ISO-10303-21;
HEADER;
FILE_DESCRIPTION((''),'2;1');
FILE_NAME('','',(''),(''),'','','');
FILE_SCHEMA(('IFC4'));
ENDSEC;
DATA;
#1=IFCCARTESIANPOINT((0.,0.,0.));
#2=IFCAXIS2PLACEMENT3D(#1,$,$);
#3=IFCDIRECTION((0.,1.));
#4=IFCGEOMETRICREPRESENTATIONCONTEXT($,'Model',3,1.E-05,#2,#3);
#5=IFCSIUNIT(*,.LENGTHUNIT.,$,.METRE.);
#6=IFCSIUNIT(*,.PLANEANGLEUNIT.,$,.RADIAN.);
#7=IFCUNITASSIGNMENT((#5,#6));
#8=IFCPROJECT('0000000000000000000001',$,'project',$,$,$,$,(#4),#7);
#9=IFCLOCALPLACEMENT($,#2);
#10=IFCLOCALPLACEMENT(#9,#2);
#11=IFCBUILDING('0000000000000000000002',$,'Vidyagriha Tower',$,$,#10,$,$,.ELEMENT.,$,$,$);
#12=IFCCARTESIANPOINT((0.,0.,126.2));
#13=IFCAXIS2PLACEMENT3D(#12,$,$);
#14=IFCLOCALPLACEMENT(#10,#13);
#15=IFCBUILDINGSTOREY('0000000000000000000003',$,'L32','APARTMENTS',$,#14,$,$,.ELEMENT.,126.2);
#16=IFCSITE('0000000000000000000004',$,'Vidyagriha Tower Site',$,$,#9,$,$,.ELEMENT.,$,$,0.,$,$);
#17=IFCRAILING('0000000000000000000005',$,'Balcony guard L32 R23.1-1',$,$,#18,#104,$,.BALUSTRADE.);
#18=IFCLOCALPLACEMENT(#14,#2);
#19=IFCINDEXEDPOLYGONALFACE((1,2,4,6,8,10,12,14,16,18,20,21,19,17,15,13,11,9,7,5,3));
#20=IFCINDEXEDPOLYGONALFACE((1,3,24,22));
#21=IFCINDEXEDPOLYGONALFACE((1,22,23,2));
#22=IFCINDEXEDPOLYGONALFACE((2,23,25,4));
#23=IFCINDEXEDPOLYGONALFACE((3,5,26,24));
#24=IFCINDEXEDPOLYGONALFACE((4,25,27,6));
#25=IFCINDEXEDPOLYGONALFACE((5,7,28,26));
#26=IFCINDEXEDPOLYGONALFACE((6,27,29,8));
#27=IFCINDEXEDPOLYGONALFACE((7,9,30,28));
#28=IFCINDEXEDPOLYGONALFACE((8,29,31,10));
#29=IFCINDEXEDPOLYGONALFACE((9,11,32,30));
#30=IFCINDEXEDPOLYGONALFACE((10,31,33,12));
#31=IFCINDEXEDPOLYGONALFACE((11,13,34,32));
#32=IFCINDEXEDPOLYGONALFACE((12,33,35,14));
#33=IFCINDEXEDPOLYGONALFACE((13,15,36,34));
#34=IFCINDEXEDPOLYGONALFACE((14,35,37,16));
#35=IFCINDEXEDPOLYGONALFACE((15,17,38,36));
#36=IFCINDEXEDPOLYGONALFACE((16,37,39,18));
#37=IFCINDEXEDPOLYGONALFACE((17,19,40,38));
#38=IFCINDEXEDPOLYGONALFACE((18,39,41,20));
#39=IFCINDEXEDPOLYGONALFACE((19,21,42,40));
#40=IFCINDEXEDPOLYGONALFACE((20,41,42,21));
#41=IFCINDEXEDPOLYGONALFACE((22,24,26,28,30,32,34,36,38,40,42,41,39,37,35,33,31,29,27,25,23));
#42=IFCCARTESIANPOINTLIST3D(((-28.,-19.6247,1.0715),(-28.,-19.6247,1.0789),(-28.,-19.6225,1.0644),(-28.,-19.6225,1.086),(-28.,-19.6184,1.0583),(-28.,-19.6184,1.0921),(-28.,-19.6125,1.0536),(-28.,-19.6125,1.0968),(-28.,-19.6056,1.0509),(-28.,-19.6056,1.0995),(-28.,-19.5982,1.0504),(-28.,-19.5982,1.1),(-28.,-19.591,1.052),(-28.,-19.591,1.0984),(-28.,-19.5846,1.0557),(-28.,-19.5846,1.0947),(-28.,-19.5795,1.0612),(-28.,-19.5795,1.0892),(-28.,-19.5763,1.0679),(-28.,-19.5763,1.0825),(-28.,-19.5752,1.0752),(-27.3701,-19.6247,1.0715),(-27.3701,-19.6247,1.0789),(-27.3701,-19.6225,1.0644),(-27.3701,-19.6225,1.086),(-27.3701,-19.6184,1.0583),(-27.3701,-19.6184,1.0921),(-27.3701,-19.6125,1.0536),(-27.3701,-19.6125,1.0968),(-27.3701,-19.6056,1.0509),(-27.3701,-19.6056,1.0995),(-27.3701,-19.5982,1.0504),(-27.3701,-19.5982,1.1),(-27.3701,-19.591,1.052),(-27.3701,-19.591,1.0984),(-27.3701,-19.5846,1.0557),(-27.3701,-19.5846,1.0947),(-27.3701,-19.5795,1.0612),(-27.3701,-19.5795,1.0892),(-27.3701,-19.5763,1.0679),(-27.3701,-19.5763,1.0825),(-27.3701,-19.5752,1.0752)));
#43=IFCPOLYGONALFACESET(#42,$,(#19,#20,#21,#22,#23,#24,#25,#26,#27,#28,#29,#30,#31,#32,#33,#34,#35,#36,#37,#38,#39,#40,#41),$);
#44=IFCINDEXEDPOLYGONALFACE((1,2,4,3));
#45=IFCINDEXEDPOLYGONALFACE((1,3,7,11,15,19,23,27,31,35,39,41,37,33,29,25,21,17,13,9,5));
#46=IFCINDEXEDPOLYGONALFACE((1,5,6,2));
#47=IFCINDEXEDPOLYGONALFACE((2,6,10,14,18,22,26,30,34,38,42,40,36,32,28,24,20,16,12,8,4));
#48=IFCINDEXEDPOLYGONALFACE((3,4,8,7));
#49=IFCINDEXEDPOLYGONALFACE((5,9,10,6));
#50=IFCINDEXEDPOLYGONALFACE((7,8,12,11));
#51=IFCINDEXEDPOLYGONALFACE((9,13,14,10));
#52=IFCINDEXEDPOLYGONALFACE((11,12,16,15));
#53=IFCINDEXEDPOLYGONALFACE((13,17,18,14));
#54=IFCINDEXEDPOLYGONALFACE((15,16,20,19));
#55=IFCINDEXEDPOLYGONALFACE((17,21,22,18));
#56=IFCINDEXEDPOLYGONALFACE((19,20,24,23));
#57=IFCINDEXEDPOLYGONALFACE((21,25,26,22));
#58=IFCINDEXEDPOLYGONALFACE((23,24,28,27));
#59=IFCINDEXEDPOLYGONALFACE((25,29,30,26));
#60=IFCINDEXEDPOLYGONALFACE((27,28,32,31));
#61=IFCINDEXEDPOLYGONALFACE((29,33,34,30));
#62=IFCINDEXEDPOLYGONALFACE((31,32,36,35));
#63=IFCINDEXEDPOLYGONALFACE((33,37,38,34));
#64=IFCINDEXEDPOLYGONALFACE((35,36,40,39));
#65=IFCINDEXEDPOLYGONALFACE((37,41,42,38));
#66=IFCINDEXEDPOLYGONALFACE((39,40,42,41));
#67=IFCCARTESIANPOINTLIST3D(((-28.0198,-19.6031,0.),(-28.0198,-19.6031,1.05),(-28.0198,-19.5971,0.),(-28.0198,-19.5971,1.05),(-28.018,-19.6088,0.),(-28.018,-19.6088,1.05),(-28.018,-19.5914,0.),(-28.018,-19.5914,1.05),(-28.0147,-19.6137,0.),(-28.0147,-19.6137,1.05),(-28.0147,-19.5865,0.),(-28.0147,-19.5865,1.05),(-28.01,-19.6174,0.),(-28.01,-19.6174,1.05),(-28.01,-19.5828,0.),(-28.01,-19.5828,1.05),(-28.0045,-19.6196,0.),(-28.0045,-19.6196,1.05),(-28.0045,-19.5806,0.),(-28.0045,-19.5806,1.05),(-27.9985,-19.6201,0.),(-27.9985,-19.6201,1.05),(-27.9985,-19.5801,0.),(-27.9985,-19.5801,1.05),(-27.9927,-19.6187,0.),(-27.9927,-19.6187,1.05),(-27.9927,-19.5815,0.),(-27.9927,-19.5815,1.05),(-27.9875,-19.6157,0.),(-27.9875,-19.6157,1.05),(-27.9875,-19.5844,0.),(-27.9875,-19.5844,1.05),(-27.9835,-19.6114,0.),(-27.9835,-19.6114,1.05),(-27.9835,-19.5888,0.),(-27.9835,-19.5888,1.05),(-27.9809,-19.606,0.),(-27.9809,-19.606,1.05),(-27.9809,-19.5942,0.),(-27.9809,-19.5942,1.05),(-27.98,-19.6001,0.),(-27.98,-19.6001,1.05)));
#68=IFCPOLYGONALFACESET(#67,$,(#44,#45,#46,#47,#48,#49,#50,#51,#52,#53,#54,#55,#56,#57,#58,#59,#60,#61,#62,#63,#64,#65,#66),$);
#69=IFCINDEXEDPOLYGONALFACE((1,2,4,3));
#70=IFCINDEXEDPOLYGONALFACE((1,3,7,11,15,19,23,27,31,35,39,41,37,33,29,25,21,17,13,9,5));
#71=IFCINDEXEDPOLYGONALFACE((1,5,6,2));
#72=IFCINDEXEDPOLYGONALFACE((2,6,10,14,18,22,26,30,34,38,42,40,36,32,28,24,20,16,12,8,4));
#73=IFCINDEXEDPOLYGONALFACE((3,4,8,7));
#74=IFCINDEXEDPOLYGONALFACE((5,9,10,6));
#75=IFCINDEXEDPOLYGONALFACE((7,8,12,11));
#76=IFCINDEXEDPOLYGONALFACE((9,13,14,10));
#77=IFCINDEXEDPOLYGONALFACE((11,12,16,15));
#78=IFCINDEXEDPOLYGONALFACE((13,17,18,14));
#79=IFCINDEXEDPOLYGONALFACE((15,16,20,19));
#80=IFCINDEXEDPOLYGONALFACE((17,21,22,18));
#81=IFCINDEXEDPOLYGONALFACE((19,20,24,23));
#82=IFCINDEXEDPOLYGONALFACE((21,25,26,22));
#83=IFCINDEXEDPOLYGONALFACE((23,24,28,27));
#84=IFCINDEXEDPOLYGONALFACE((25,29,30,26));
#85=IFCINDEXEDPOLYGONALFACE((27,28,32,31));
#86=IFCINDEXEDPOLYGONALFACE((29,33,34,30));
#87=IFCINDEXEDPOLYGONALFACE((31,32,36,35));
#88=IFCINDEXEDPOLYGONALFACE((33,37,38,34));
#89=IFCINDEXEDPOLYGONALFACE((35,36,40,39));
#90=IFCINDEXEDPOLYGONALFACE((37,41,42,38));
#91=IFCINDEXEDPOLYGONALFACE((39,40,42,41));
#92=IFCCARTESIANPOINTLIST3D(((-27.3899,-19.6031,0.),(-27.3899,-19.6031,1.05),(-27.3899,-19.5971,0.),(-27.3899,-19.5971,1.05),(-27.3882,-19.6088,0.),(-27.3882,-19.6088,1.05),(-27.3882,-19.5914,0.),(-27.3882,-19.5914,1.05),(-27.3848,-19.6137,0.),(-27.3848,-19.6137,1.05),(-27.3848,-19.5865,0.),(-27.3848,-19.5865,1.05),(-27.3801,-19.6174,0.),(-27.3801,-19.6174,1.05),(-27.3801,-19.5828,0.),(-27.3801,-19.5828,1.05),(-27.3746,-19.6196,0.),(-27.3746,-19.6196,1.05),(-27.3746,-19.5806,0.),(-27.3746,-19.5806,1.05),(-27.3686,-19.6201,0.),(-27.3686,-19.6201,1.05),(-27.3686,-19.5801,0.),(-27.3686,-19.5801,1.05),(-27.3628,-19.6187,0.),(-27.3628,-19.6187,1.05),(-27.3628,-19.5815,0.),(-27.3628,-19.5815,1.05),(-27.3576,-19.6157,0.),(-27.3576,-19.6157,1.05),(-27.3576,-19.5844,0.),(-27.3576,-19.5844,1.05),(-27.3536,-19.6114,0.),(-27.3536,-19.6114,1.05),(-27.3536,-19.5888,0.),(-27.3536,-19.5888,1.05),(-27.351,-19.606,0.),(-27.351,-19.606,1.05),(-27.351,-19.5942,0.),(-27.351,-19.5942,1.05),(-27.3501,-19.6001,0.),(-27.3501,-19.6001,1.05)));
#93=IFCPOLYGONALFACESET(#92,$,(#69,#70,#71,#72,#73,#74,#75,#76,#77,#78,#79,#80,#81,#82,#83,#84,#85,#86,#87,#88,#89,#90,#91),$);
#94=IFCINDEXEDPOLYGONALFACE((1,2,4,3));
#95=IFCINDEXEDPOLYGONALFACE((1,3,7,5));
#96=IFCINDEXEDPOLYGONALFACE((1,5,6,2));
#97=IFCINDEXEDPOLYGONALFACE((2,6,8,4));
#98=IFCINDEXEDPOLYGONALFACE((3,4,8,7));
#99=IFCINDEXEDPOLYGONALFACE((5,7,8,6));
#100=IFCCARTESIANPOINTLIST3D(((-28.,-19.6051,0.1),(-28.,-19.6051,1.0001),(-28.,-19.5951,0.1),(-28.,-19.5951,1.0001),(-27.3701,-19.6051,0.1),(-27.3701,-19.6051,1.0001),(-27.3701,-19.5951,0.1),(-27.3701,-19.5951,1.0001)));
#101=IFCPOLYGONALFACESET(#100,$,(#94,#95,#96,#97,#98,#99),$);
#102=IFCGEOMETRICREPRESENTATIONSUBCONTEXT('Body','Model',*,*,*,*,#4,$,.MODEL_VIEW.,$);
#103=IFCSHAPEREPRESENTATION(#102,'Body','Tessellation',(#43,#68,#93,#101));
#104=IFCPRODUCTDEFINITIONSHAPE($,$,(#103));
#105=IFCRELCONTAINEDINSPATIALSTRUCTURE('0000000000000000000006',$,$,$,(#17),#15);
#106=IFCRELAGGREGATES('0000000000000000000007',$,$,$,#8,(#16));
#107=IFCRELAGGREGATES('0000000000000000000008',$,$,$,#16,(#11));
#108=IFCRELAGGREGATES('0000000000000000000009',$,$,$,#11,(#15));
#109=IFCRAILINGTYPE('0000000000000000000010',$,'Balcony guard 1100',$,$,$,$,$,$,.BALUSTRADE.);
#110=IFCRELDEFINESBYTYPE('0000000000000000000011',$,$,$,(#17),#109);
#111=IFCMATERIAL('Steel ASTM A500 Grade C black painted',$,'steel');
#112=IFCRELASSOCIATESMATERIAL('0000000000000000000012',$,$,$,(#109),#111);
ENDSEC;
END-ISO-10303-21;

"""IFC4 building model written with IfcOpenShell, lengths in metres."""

from ifc_helpers import new_model, si_unit, direction, frame, origin, origin_2d, place, context, subcontext, project, spatial, rectangle, circle, extrude, material, type_object, element, save


model = new_model("IFC4")

# Units and contexts
model_context = context("Model", 3, precision=1e-05, world=origin(), true_north=direction((0.0, 1.0)))
body_context = subcontext(model_context, "Body", "Model", "MODEL_VIEW")
ifc_project = project(units=[si_unit("LENGTHUNIT", "METRE"), si_unit("PLANEANGLEUNIT", "RADIAN")], contexts=[model_context])

# Site, building, storey
site_placement = place(None, origin())
site = spatial("IfcSite", under=ifc_project, at=site_placement, Name="Vidyagriha Tower Site", CompositionType="ELEMENT", RefElevation=0.0)
building_placement = place(site_placement, origin())
building = spatial("IfcBuilding", under=site, at=building_placement, Name="Vidyagriha Tower", CompositionType="ELEMENT")
storey_placement = place(building_placement, frame((0.0, 0.0, 126.2)))
storey = spatial("IfcBuildingStorey", under=building, at=storey_placement, Name="L32", Description="APARTMENTS", CompositionType="ELEMENT", Elevation=126.2)

# Railing
ifc_material_1 = material(Name="Steel ASTM A500 Grade C black painted", Category="steel")
railing_type_1 = type_object("IfcRailingType", Name="Balcony guard 1100", PredefinedType="BALUSTRADE", material=ifc_material_1)
railing_1_placement = place(storey_placement, frame((-28.0, -19.6001, 0.0)))
element("IfcRailing", 1, at=railing_1_placement, inside=storey, type_object=railing_type_1, Name="Balcony guard L32 R23.1-1", PredefinedType="BALUSTRADE", context=body_context, shape_type="SweptSolid", body=[
    extrude(circle(Radius=0.0249, at=origin_2d()), frame((0.0, 0.0, 1.0752), z_axis=(1.0, 0.0, 0.0), x_axis=(0.0, 1.0, 0.0)), (0.0, 0.0, 1.0), 0.6299),
    extrude(circle(Radius=0.02, at=origin_2d()), origin(), (0.0, 0.0, 1.0), 1.05),
    extrude(circle(Radius=0.02, at=origin_2d()), frame((0.6299, 0.0, 0.0)), (0.0, 0.0, 1.0), 1.05),
    extrude(rectangle(XDim=0.01, YDim=0.9001, at=origin_2d()), frame((0.0, 0.0, 0.55), z_axis=(1.0, 0.0, 0.0), x_axis=(0.0, 1.0, 0.0)), (0.0, 0.0, 1.0), 0.6299),
])

save(model, "model.ifc")
